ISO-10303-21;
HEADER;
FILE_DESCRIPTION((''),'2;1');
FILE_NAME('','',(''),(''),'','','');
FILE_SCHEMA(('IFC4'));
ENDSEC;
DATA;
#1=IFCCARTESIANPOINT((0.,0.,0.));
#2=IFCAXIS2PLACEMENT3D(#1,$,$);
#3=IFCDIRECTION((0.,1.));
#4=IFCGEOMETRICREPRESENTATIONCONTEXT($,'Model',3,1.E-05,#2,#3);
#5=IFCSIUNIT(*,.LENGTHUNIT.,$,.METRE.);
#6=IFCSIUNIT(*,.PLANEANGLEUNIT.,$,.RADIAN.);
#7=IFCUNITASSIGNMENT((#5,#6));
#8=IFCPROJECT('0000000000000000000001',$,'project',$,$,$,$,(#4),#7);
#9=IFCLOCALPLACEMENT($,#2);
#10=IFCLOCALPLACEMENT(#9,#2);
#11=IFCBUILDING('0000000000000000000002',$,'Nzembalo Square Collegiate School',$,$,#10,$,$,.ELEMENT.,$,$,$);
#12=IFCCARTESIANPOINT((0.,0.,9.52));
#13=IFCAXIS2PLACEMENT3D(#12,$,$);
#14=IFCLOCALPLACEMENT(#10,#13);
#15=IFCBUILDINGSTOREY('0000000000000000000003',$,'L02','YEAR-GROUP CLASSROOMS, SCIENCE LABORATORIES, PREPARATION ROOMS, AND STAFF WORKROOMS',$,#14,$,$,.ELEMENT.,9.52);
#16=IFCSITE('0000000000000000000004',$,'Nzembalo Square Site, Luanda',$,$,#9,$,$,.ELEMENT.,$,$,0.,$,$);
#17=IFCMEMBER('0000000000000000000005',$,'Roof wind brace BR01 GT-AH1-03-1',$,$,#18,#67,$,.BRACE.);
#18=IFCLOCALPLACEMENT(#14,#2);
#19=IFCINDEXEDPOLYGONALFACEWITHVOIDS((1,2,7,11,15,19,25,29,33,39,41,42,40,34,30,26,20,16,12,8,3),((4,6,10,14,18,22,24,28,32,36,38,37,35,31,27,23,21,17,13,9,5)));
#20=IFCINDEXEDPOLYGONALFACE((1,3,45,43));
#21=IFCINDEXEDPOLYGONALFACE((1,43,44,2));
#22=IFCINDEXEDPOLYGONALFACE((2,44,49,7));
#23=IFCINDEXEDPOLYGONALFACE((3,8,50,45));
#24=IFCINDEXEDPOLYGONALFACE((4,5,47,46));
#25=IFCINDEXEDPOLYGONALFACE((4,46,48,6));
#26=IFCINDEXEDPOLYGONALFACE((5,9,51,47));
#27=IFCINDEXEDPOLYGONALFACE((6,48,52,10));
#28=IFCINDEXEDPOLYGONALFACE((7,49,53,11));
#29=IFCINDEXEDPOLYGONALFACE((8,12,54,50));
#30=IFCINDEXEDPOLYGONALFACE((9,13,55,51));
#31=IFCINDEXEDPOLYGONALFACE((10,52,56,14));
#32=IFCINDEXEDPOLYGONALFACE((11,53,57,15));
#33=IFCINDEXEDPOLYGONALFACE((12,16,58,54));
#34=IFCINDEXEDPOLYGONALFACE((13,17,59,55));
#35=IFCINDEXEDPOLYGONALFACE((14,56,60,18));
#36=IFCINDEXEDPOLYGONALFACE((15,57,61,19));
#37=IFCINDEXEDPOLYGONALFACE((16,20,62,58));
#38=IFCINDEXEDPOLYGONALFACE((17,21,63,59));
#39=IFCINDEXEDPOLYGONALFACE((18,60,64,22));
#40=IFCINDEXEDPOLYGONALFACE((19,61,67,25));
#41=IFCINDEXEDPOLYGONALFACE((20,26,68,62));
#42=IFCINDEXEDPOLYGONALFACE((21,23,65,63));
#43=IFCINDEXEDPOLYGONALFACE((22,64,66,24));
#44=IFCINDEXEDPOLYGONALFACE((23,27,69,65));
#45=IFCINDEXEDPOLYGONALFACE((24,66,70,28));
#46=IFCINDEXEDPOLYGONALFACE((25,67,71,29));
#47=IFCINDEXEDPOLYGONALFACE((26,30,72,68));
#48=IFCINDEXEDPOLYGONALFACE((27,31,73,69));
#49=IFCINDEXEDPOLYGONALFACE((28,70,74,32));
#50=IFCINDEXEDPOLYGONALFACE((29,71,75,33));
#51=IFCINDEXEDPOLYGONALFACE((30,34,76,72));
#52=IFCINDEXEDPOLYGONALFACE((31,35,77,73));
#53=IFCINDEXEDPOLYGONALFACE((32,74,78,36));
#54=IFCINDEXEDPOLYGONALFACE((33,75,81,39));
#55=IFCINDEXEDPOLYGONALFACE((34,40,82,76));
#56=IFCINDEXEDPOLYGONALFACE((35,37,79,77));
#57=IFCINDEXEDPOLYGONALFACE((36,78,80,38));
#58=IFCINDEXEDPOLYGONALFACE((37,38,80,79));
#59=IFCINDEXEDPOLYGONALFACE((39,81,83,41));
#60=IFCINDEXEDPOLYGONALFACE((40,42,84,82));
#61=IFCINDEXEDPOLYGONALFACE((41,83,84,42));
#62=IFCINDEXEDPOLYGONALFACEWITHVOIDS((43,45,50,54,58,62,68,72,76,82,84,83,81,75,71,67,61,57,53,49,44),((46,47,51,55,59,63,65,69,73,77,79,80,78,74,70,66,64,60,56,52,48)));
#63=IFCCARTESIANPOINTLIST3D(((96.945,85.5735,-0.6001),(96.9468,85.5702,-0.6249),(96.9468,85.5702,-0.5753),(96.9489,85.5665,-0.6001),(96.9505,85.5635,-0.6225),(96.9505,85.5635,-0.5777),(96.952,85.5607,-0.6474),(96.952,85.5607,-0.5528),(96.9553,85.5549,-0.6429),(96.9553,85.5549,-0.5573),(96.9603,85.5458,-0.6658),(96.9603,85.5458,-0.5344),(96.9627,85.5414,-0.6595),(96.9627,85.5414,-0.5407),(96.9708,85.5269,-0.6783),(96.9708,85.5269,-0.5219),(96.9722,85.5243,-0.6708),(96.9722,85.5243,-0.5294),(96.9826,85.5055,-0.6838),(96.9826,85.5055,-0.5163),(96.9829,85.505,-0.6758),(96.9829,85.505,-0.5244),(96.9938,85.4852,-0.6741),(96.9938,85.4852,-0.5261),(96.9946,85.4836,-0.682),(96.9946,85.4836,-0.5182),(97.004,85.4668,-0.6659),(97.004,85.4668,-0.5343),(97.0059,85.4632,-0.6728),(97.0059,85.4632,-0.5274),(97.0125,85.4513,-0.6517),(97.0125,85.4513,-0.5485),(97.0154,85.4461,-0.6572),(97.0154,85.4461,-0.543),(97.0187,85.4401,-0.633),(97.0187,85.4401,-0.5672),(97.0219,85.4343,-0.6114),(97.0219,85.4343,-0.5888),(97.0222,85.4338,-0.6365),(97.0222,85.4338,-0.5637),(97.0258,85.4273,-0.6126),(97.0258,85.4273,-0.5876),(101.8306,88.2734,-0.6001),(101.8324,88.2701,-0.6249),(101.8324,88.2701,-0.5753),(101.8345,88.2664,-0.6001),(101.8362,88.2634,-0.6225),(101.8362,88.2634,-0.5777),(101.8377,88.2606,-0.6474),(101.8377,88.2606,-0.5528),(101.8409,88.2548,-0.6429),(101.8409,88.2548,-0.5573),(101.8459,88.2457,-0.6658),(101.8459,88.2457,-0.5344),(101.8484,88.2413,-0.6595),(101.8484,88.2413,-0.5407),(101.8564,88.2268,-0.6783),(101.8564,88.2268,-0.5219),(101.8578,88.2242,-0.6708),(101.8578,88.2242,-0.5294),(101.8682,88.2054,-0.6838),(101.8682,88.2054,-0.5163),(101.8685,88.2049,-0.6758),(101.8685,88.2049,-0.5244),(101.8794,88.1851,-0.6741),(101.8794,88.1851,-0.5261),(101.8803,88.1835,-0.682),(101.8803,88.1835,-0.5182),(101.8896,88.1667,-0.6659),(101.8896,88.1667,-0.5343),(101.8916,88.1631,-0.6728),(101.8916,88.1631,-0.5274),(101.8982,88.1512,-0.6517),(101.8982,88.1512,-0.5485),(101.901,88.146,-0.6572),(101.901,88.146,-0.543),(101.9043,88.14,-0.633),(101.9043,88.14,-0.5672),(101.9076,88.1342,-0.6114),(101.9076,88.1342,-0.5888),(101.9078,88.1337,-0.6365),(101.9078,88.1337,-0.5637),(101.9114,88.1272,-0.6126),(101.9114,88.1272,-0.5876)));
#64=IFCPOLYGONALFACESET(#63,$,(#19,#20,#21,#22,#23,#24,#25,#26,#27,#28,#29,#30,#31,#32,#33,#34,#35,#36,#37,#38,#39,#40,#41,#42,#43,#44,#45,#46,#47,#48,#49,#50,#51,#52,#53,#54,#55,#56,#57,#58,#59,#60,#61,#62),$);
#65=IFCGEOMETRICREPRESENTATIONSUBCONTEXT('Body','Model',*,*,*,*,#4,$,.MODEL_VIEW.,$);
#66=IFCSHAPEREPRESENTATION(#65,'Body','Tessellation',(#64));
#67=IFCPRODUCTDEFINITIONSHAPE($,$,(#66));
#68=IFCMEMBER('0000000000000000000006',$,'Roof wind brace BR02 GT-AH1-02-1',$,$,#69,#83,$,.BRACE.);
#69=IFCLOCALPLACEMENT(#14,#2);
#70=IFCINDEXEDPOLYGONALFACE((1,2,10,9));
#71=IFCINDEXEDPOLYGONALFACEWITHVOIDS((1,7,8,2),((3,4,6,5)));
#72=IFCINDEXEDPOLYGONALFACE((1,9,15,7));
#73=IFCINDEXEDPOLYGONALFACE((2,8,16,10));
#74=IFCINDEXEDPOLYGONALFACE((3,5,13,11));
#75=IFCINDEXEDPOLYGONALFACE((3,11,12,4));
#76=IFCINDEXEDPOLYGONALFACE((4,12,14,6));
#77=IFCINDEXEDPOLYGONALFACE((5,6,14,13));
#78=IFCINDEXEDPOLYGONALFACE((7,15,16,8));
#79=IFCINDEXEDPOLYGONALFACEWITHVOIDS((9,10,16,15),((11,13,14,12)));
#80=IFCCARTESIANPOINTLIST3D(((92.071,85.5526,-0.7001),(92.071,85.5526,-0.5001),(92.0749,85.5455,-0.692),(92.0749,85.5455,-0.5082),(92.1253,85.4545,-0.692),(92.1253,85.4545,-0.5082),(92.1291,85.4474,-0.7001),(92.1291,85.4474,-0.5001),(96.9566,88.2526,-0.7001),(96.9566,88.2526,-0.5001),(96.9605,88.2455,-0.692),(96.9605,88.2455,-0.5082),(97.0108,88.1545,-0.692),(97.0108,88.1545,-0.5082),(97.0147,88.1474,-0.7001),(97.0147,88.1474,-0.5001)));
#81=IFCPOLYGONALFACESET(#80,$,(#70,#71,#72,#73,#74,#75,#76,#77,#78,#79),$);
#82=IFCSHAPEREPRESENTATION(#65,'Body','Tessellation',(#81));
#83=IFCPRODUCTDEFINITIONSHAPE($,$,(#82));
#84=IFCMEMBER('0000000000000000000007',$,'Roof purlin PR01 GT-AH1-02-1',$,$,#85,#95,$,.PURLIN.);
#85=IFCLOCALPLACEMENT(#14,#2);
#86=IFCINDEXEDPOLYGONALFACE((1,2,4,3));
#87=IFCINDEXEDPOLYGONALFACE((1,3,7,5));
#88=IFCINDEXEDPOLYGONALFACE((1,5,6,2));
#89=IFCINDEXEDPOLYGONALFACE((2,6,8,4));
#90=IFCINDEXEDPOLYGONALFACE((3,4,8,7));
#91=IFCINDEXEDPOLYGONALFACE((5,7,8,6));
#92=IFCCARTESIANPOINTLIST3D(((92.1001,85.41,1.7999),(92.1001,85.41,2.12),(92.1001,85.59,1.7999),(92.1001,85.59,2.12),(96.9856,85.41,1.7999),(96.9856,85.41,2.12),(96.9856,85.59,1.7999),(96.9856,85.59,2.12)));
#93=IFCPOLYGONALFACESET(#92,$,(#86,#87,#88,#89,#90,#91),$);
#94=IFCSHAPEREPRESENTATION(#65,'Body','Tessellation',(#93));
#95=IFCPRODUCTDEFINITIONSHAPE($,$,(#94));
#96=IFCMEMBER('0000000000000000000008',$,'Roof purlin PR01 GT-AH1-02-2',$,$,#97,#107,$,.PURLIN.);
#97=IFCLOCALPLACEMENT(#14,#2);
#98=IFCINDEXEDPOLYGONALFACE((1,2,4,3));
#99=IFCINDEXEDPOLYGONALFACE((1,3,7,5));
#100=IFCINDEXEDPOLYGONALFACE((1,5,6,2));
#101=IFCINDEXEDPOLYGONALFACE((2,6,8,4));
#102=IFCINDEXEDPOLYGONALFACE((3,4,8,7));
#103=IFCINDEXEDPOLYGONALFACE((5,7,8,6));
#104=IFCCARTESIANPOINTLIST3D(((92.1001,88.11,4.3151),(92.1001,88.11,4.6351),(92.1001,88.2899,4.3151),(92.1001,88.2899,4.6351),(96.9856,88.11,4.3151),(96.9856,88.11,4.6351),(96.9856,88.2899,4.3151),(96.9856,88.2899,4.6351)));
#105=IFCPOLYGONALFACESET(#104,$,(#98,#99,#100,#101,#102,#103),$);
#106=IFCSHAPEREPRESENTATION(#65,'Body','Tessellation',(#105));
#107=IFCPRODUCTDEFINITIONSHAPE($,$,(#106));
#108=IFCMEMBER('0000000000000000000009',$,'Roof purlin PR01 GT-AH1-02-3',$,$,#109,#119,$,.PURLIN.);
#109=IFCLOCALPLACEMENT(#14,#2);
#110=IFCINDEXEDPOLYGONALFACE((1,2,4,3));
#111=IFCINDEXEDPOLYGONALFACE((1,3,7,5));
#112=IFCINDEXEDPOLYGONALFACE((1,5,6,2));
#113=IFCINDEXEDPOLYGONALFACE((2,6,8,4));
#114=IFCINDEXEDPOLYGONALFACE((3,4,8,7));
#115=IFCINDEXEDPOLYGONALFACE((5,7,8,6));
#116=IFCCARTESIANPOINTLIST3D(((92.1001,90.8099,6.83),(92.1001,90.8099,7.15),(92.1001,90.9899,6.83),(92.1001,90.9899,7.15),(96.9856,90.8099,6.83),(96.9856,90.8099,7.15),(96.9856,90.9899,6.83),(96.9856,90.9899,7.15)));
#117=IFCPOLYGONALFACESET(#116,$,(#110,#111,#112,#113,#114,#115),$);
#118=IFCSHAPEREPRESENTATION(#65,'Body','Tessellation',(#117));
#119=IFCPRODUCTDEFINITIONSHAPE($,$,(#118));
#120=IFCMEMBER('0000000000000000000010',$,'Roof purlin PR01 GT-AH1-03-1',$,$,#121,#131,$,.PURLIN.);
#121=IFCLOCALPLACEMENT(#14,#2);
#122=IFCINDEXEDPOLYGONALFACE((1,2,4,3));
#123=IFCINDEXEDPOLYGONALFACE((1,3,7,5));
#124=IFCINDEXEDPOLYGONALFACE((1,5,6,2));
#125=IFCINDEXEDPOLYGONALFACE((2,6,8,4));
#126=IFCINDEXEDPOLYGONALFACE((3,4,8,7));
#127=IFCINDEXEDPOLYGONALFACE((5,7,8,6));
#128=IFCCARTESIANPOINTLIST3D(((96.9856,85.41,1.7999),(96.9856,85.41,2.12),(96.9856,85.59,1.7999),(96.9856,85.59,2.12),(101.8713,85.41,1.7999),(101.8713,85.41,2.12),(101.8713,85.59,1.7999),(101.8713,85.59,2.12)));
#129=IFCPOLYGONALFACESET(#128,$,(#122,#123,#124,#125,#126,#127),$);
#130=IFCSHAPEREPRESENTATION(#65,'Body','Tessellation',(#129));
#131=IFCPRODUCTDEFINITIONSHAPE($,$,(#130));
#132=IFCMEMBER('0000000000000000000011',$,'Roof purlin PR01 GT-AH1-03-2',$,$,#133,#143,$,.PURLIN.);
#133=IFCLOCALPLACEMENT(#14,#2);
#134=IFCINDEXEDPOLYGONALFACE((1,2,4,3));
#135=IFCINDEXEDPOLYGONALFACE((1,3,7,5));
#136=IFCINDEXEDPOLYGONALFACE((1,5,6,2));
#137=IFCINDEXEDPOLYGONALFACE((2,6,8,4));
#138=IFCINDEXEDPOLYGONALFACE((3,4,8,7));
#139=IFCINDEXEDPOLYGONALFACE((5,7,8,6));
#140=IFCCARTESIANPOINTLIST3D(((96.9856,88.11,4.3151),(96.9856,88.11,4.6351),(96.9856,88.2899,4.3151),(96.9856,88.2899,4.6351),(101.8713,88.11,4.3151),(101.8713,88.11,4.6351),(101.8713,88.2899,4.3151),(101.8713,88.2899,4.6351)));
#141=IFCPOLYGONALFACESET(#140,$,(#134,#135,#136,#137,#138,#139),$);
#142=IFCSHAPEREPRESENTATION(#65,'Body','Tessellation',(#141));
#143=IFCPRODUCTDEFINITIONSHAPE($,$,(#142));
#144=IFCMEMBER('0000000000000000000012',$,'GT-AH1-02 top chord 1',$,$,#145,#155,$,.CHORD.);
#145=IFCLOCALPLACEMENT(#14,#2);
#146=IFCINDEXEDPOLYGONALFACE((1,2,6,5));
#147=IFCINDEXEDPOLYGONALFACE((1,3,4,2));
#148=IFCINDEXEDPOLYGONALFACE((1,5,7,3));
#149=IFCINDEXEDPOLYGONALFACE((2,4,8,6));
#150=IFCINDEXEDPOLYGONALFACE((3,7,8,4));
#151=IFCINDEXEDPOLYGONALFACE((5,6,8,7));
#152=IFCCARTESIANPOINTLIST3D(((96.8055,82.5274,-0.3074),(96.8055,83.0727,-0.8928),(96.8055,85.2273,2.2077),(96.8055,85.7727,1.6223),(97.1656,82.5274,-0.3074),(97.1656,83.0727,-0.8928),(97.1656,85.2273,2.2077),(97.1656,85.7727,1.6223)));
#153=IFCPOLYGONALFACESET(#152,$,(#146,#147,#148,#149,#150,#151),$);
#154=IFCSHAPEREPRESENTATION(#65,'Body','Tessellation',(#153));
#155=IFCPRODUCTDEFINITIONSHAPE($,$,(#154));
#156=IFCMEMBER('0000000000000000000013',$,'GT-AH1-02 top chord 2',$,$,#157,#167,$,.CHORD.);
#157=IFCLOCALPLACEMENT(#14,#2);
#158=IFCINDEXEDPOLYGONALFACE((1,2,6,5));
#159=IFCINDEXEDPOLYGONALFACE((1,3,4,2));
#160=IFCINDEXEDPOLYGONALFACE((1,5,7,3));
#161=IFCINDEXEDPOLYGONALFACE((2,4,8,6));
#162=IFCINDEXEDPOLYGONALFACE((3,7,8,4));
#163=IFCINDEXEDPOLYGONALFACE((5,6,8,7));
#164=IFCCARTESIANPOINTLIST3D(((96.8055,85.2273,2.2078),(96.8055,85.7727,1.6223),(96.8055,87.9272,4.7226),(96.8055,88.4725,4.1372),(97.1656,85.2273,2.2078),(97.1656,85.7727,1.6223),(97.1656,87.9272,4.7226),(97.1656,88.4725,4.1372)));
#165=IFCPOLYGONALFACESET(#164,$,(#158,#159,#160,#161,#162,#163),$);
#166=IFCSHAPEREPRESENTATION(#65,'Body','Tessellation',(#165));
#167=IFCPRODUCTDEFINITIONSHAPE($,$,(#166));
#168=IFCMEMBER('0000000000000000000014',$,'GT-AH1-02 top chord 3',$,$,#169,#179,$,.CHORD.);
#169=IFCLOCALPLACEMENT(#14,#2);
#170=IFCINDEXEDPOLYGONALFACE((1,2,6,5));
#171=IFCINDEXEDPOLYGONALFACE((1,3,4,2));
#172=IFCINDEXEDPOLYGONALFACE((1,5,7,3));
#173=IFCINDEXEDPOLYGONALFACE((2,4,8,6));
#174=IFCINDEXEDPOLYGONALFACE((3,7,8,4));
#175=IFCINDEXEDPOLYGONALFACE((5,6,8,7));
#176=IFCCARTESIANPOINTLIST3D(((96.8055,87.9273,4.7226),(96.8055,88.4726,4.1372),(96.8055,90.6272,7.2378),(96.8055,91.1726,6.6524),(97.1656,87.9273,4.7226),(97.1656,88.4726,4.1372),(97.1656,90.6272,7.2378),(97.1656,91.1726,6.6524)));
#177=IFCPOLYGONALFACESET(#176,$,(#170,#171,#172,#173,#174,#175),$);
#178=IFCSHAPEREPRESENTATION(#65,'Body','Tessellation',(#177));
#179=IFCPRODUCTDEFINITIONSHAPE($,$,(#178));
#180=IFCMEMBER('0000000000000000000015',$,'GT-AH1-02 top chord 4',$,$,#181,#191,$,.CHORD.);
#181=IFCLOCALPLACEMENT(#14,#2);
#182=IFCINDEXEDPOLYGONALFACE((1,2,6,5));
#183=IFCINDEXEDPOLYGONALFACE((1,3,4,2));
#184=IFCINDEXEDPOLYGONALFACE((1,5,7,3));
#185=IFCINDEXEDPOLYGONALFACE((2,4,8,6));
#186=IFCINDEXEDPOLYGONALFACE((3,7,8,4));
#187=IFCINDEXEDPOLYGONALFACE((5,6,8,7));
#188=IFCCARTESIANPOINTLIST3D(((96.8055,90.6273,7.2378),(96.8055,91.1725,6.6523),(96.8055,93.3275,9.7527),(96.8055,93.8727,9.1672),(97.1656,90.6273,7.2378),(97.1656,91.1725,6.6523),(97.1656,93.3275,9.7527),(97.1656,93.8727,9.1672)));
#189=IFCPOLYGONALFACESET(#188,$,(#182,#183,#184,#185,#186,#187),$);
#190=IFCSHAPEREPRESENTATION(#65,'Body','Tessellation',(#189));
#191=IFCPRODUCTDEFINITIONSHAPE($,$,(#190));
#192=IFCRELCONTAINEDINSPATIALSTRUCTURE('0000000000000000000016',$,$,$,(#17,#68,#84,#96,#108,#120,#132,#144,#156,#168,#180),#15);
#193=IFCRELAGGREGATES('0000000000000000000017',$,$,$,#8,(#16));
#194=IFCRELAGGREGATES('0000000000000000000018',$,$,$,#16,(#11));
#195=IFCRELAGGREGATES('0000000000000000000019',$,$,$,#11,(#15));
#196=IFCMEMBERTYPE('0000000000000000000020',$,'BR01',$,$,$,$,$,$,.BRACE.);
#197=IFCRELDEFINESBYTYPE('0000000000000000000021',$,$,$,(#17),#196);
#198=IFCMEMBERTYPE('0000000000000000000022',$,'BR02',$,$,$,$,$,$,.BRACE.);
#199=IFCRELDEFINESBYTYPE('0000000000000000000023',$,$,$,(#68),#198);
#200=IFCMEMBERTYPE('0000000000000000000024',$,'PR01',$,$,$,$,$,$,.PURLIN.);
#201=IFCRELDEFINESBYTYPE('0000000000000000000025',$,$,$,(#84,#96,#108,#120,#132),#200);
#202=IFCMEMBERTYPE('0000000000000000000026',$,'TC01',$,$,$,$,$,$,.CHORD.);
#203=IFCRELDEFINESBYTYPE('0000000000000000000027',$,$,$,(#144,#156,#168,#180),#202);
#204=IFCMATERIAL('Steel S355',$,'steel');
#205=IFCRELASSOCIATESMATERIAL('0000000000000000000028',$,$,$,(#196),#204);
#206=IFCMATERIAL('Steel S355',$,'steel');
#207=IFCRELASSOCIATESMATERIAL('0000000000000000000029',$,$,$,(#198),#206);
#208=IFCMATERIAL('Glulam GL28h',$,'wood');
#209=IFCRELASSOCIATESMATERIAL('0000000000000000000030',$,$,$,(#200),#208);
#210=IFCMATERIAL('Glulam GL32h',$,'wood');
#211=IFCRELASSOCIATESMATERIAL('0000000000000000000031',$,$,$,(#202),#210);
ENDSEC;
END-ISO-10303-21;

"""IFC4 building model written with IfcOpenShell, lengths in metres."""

from ifc_helpers import new_model, si_unit, direction, frame, origin, origin_2d, place, context, subcontext, project, spatial, rectangle, hollow_rectangle, hollow_circle, extrude, material, material_profile, profile_set, type_object, element, save


model = new_model("IFC4")

# Units and contexts
model_context = context("Model", 3, precision=1e-05, world=origin(), true_north=direction((0.0, 1.0)))
body_context = subcontext(model_context, "Body", "Model", "MODEL_VIEW")
ifc_project = project(units=[si_unit("LENGTHUNIT", "METRE"), si_unit("PLANEANGLEUNIT", "RADIAN")], contexts=[model_context])

# Site, building, storey
site_placement = place(None, origin())
site = spatial("IfcSite", under=ifc_project, at=site_placement, Name="Nzembalo Square Site, Luanda", CompositionType="ELEMENT", RefElevation=0.0)
building_placement = place(site_placement, origin())
building = spatial("IfcBuilding", under=site, at=building_placement, Name="Nzembalo Square Collegiate School", CompositionType="ELEMENT")
storey_placement = place(building_placement, frame((0.0, 0.0, 9.52)))
storey = spatial("IfcBuildingStorey", under=building, at=storey_placement, Name="L02", Description="YEAR-GROUP CLASSROOMS, SCIENCE LABORATORIES, PREPARATION ROOMS, AND STAFF WORKROOMS", CompositionType="ELEMENT", Elevation=9.52)

# Members
ifc_material_1 = material(Name="Steel S355", Category="steel")
ifc_material_profile_1 = material_profile(ifc_material_1, hollow_circle(Radius=0.084, WallThickness=0.0081, at=origin_2d()), Name="CHS 168x8")
ifc_profile_set_1 = profile_set([ifc_material_profile_1], Name="Steel S355")
member_type_1 = type_object("IfcMemberType", Name="BR01", PredefinedType="BRACE", material=ifc_profile_set_1)
member_1_placement = place(storey_placement, frame((96.9856, 85.5, -0.6001), z_axis=(0.875246, 0.483677, 0.0), x_axis=(-0.483677, 0.875246, 0.0)))
element("IfcMember", 1, at=member_1_placement, inside=storey, type_object=member_type_1, Name="Roof wind brace BR01 GT-AH1-03-1", PredefinedType="BRACE", context=body_context, shape_type="SweptSolid", body=[
    extrude(hollow_circle(Radius=0.084, WallThickness=0.0081, at=origin_2d()), origin(), (0.0, 0.0, 1.0), 5.582),
])
ifc_material_2 = material(Name="Steel S355", Category="steel")
ifc_material_profile_2 = material_profile(ifc_material_2, hollow_rectangle(XDim=0.1201, YDim=0.2, WallThickness=0.0081, at=origin_2d()), Name="RHS 200x120x8")
ifc_profile_set_2 = profile_set([ifc_material_profile_2], Name="Steel S355")
member_type_2 = type_object("IfcMemberType", Name="BR02", PredefinedType="BRACE", material=ifc_profile_set_2)
member_2_placement = place(storey_placement, frame((92.1001, 85.5, -0.6001), z_axis=(0.875236, 0.483696, 0.0), x_axis=(-0.483696, 0.875236, 0.0)))
element("IfcMember", 2, at=member_2_placement, inside=storey, type_object=member_type_2, Name="Roof wind brace BR02 GT-AH1-02-1", PredefinedType="BRACE", context=body_context, shape_type="SweptSolid", body=[
    extrude(hollow_rectangle(XDim=0.1201, YDim=0.2, WallThickness=0.0081, at=origin_2d()), origin(), (0.0, 0.0, 1.0), 5.582),
])
ifc_material_3 = material(Name="Glulam GL28h", Category="wood")
ifc_material_profile_3 = material_profile(ifc_material_3, rectangle(XDim=0.1799, YDim=0.3201, at=origin_2d()), Name="GL28h 180x320")
ifc_profile_set_3 = profile_set([ifc_material_profile_3], Name="Glulam GL28h")
member_type_3 = type_object("IfcMemberType", Name="PR01", PredefinedType="PURLIN", material=ifc_profile_set_3)
for number, where, z_axis, x_axis, name in (
    (3, (92.1001, 85.5, 1.96), (1.0, 0.0, 0.0), (0.0, 1.0, 0.0), "Roof purlin PR01 GT-AH1-02-1"),
    (4, (92.1001, 88.2, 4.4751), (1.0, 0.0, 0.0), (0.0, 1.0, 0.0), "Roof purlin PR01 GT-AH1-02-2"),
    (5, (92.1001, 90.8999, 6.99), (1.0, 0.0, 0.0), (0.0, 1.0, 0.0), "Roof purlin PR01 GT-AH1-02-3"),
):
    element("IfcMember", number, at=place(storey_placement, frame(where, z_axis=z_axis, x_axis=x_axis)), inside=storey, type_object=member_type_3, Name=name, PredefinedType="PURLIN", context=body_context, shape_type="SweptSolid", body=[
        extrude(rectangle(XDim=0.1799, YDim=0.3201, at=origin_2d()), origin(), (0.0, 0.0, 1.0), 4.8855),
    ])
for number, where, z_axis, x_axis, name in (
    (6, (96.9856, 85.5, 1.96), (1.0, 0.0, 0.0), (0.0, 1.0, 0.0), "Roof purlin PR01 GT-AH1-03-1"),
    (7, (96.9856, 88.2, 4.4751), (1.0, 0.0, 0.0), (0.0, 1.0, 0.0), "Roof purlin PR01 GT-AH1-03-2"),
):
    element("IfcMember", number, at=place(storey_placement, frame(where, z_axis=z_axis, x_axis=x_axis)), inside=storey, type_object=member_type_3, Name=name, PredefinedType="PURLIN", context=body_context, shape_type="SweptSolid", body=[
        extrude(rectangle(XDim=0.1799, YDim=0.3201, at=origin_2d()), origin(), (0.0, 0.0, 1.0), 4.8857),
    ])
ifc_material_4 = material(Name="Glulam GL32h", Category="wood")
ifc_material_profile_4 = material_profile(ifc_material_4, rectangle(XDim=0.3601, YDim=0.8, at=origin_2d()), Name="GL32h 360x800")
ifc_profile_set_4 = profile_set([ifc_material_profile_4], Name="Glulam GL32h")
member_type_4 = type_object("IfcMemberType", Name="TC01", PredefinedType="CHORD", material=ifc_profile_set_4)
member_3_placement = place(storey_placement, frame((96.9856, 82.8, -0.6001), z_axis=(0.0, 0.731706, 0.68162), x_axis=(-1.0, 0.0, 0.0)))
element("IfcMember", 8, at=member_3_placement, inside=storey, type_object=member_type_4, Name="GT-AH1-02 top chord 1", PredefinedType="CHORD", context=body_context, shape_type="SweptSolid", body=[
    extrude(rectangle(XDim=0.3601, YDim=0.8, at=origin_2d()), origin(), (0.0, 0.0, 1.0), 3.6899),
])
member_4_placement = place(storey_placement, frame((96.9856, 85.5, 1.915), z_axis=(0.0, 0.731739, 0.681585), x_axis=(-1.0, 0.0, 0.0)))
element("IfcMember", 9, at=member_4_placement, inside=storey, type_object=member_type_4, Name="GT-AH1-02 top chord 2", PredefinedType="CHORD", context=body_context, shape_type="SweptSolid", body=[
    extrude(rectangle(XDim=0.3601, YDim=0.8, at=origin_2d()), origin(), (0.0, 0.0, 1.0), 3.6897),
])
for number, where, z_axis, x_axis, name in (
    (10, (96.9856, 88.2, 4.4299), (0.0, 0.731706, 0.68162), (-1.0, 0.0, 0.0), "GT-AH1-02 top chord 3"),
    (11, (96.9856, 90.8999, 6.9451), (0.0, 0.73177, 0.681552), (-1.0, 0.0, 0.0), "GT-AH1-02 top chord 4"),
):
    element("IfcMember", number, at=place(storey_placement, frame(where, z_axis=z_axis, x_axis=x_axis)), inside=storey, type_object=member_type_4, Name=name, PredefinedType="CHORD", context=body_context, shape_type="SweptSolid", body=[
        extrude(rectangle(XDim=0.3601, YDim=0.8, at=origin_2d()), origin(), (0.0, 0.0, 1.0), 3.6899),
    ])

save(model, "model.ifc")
